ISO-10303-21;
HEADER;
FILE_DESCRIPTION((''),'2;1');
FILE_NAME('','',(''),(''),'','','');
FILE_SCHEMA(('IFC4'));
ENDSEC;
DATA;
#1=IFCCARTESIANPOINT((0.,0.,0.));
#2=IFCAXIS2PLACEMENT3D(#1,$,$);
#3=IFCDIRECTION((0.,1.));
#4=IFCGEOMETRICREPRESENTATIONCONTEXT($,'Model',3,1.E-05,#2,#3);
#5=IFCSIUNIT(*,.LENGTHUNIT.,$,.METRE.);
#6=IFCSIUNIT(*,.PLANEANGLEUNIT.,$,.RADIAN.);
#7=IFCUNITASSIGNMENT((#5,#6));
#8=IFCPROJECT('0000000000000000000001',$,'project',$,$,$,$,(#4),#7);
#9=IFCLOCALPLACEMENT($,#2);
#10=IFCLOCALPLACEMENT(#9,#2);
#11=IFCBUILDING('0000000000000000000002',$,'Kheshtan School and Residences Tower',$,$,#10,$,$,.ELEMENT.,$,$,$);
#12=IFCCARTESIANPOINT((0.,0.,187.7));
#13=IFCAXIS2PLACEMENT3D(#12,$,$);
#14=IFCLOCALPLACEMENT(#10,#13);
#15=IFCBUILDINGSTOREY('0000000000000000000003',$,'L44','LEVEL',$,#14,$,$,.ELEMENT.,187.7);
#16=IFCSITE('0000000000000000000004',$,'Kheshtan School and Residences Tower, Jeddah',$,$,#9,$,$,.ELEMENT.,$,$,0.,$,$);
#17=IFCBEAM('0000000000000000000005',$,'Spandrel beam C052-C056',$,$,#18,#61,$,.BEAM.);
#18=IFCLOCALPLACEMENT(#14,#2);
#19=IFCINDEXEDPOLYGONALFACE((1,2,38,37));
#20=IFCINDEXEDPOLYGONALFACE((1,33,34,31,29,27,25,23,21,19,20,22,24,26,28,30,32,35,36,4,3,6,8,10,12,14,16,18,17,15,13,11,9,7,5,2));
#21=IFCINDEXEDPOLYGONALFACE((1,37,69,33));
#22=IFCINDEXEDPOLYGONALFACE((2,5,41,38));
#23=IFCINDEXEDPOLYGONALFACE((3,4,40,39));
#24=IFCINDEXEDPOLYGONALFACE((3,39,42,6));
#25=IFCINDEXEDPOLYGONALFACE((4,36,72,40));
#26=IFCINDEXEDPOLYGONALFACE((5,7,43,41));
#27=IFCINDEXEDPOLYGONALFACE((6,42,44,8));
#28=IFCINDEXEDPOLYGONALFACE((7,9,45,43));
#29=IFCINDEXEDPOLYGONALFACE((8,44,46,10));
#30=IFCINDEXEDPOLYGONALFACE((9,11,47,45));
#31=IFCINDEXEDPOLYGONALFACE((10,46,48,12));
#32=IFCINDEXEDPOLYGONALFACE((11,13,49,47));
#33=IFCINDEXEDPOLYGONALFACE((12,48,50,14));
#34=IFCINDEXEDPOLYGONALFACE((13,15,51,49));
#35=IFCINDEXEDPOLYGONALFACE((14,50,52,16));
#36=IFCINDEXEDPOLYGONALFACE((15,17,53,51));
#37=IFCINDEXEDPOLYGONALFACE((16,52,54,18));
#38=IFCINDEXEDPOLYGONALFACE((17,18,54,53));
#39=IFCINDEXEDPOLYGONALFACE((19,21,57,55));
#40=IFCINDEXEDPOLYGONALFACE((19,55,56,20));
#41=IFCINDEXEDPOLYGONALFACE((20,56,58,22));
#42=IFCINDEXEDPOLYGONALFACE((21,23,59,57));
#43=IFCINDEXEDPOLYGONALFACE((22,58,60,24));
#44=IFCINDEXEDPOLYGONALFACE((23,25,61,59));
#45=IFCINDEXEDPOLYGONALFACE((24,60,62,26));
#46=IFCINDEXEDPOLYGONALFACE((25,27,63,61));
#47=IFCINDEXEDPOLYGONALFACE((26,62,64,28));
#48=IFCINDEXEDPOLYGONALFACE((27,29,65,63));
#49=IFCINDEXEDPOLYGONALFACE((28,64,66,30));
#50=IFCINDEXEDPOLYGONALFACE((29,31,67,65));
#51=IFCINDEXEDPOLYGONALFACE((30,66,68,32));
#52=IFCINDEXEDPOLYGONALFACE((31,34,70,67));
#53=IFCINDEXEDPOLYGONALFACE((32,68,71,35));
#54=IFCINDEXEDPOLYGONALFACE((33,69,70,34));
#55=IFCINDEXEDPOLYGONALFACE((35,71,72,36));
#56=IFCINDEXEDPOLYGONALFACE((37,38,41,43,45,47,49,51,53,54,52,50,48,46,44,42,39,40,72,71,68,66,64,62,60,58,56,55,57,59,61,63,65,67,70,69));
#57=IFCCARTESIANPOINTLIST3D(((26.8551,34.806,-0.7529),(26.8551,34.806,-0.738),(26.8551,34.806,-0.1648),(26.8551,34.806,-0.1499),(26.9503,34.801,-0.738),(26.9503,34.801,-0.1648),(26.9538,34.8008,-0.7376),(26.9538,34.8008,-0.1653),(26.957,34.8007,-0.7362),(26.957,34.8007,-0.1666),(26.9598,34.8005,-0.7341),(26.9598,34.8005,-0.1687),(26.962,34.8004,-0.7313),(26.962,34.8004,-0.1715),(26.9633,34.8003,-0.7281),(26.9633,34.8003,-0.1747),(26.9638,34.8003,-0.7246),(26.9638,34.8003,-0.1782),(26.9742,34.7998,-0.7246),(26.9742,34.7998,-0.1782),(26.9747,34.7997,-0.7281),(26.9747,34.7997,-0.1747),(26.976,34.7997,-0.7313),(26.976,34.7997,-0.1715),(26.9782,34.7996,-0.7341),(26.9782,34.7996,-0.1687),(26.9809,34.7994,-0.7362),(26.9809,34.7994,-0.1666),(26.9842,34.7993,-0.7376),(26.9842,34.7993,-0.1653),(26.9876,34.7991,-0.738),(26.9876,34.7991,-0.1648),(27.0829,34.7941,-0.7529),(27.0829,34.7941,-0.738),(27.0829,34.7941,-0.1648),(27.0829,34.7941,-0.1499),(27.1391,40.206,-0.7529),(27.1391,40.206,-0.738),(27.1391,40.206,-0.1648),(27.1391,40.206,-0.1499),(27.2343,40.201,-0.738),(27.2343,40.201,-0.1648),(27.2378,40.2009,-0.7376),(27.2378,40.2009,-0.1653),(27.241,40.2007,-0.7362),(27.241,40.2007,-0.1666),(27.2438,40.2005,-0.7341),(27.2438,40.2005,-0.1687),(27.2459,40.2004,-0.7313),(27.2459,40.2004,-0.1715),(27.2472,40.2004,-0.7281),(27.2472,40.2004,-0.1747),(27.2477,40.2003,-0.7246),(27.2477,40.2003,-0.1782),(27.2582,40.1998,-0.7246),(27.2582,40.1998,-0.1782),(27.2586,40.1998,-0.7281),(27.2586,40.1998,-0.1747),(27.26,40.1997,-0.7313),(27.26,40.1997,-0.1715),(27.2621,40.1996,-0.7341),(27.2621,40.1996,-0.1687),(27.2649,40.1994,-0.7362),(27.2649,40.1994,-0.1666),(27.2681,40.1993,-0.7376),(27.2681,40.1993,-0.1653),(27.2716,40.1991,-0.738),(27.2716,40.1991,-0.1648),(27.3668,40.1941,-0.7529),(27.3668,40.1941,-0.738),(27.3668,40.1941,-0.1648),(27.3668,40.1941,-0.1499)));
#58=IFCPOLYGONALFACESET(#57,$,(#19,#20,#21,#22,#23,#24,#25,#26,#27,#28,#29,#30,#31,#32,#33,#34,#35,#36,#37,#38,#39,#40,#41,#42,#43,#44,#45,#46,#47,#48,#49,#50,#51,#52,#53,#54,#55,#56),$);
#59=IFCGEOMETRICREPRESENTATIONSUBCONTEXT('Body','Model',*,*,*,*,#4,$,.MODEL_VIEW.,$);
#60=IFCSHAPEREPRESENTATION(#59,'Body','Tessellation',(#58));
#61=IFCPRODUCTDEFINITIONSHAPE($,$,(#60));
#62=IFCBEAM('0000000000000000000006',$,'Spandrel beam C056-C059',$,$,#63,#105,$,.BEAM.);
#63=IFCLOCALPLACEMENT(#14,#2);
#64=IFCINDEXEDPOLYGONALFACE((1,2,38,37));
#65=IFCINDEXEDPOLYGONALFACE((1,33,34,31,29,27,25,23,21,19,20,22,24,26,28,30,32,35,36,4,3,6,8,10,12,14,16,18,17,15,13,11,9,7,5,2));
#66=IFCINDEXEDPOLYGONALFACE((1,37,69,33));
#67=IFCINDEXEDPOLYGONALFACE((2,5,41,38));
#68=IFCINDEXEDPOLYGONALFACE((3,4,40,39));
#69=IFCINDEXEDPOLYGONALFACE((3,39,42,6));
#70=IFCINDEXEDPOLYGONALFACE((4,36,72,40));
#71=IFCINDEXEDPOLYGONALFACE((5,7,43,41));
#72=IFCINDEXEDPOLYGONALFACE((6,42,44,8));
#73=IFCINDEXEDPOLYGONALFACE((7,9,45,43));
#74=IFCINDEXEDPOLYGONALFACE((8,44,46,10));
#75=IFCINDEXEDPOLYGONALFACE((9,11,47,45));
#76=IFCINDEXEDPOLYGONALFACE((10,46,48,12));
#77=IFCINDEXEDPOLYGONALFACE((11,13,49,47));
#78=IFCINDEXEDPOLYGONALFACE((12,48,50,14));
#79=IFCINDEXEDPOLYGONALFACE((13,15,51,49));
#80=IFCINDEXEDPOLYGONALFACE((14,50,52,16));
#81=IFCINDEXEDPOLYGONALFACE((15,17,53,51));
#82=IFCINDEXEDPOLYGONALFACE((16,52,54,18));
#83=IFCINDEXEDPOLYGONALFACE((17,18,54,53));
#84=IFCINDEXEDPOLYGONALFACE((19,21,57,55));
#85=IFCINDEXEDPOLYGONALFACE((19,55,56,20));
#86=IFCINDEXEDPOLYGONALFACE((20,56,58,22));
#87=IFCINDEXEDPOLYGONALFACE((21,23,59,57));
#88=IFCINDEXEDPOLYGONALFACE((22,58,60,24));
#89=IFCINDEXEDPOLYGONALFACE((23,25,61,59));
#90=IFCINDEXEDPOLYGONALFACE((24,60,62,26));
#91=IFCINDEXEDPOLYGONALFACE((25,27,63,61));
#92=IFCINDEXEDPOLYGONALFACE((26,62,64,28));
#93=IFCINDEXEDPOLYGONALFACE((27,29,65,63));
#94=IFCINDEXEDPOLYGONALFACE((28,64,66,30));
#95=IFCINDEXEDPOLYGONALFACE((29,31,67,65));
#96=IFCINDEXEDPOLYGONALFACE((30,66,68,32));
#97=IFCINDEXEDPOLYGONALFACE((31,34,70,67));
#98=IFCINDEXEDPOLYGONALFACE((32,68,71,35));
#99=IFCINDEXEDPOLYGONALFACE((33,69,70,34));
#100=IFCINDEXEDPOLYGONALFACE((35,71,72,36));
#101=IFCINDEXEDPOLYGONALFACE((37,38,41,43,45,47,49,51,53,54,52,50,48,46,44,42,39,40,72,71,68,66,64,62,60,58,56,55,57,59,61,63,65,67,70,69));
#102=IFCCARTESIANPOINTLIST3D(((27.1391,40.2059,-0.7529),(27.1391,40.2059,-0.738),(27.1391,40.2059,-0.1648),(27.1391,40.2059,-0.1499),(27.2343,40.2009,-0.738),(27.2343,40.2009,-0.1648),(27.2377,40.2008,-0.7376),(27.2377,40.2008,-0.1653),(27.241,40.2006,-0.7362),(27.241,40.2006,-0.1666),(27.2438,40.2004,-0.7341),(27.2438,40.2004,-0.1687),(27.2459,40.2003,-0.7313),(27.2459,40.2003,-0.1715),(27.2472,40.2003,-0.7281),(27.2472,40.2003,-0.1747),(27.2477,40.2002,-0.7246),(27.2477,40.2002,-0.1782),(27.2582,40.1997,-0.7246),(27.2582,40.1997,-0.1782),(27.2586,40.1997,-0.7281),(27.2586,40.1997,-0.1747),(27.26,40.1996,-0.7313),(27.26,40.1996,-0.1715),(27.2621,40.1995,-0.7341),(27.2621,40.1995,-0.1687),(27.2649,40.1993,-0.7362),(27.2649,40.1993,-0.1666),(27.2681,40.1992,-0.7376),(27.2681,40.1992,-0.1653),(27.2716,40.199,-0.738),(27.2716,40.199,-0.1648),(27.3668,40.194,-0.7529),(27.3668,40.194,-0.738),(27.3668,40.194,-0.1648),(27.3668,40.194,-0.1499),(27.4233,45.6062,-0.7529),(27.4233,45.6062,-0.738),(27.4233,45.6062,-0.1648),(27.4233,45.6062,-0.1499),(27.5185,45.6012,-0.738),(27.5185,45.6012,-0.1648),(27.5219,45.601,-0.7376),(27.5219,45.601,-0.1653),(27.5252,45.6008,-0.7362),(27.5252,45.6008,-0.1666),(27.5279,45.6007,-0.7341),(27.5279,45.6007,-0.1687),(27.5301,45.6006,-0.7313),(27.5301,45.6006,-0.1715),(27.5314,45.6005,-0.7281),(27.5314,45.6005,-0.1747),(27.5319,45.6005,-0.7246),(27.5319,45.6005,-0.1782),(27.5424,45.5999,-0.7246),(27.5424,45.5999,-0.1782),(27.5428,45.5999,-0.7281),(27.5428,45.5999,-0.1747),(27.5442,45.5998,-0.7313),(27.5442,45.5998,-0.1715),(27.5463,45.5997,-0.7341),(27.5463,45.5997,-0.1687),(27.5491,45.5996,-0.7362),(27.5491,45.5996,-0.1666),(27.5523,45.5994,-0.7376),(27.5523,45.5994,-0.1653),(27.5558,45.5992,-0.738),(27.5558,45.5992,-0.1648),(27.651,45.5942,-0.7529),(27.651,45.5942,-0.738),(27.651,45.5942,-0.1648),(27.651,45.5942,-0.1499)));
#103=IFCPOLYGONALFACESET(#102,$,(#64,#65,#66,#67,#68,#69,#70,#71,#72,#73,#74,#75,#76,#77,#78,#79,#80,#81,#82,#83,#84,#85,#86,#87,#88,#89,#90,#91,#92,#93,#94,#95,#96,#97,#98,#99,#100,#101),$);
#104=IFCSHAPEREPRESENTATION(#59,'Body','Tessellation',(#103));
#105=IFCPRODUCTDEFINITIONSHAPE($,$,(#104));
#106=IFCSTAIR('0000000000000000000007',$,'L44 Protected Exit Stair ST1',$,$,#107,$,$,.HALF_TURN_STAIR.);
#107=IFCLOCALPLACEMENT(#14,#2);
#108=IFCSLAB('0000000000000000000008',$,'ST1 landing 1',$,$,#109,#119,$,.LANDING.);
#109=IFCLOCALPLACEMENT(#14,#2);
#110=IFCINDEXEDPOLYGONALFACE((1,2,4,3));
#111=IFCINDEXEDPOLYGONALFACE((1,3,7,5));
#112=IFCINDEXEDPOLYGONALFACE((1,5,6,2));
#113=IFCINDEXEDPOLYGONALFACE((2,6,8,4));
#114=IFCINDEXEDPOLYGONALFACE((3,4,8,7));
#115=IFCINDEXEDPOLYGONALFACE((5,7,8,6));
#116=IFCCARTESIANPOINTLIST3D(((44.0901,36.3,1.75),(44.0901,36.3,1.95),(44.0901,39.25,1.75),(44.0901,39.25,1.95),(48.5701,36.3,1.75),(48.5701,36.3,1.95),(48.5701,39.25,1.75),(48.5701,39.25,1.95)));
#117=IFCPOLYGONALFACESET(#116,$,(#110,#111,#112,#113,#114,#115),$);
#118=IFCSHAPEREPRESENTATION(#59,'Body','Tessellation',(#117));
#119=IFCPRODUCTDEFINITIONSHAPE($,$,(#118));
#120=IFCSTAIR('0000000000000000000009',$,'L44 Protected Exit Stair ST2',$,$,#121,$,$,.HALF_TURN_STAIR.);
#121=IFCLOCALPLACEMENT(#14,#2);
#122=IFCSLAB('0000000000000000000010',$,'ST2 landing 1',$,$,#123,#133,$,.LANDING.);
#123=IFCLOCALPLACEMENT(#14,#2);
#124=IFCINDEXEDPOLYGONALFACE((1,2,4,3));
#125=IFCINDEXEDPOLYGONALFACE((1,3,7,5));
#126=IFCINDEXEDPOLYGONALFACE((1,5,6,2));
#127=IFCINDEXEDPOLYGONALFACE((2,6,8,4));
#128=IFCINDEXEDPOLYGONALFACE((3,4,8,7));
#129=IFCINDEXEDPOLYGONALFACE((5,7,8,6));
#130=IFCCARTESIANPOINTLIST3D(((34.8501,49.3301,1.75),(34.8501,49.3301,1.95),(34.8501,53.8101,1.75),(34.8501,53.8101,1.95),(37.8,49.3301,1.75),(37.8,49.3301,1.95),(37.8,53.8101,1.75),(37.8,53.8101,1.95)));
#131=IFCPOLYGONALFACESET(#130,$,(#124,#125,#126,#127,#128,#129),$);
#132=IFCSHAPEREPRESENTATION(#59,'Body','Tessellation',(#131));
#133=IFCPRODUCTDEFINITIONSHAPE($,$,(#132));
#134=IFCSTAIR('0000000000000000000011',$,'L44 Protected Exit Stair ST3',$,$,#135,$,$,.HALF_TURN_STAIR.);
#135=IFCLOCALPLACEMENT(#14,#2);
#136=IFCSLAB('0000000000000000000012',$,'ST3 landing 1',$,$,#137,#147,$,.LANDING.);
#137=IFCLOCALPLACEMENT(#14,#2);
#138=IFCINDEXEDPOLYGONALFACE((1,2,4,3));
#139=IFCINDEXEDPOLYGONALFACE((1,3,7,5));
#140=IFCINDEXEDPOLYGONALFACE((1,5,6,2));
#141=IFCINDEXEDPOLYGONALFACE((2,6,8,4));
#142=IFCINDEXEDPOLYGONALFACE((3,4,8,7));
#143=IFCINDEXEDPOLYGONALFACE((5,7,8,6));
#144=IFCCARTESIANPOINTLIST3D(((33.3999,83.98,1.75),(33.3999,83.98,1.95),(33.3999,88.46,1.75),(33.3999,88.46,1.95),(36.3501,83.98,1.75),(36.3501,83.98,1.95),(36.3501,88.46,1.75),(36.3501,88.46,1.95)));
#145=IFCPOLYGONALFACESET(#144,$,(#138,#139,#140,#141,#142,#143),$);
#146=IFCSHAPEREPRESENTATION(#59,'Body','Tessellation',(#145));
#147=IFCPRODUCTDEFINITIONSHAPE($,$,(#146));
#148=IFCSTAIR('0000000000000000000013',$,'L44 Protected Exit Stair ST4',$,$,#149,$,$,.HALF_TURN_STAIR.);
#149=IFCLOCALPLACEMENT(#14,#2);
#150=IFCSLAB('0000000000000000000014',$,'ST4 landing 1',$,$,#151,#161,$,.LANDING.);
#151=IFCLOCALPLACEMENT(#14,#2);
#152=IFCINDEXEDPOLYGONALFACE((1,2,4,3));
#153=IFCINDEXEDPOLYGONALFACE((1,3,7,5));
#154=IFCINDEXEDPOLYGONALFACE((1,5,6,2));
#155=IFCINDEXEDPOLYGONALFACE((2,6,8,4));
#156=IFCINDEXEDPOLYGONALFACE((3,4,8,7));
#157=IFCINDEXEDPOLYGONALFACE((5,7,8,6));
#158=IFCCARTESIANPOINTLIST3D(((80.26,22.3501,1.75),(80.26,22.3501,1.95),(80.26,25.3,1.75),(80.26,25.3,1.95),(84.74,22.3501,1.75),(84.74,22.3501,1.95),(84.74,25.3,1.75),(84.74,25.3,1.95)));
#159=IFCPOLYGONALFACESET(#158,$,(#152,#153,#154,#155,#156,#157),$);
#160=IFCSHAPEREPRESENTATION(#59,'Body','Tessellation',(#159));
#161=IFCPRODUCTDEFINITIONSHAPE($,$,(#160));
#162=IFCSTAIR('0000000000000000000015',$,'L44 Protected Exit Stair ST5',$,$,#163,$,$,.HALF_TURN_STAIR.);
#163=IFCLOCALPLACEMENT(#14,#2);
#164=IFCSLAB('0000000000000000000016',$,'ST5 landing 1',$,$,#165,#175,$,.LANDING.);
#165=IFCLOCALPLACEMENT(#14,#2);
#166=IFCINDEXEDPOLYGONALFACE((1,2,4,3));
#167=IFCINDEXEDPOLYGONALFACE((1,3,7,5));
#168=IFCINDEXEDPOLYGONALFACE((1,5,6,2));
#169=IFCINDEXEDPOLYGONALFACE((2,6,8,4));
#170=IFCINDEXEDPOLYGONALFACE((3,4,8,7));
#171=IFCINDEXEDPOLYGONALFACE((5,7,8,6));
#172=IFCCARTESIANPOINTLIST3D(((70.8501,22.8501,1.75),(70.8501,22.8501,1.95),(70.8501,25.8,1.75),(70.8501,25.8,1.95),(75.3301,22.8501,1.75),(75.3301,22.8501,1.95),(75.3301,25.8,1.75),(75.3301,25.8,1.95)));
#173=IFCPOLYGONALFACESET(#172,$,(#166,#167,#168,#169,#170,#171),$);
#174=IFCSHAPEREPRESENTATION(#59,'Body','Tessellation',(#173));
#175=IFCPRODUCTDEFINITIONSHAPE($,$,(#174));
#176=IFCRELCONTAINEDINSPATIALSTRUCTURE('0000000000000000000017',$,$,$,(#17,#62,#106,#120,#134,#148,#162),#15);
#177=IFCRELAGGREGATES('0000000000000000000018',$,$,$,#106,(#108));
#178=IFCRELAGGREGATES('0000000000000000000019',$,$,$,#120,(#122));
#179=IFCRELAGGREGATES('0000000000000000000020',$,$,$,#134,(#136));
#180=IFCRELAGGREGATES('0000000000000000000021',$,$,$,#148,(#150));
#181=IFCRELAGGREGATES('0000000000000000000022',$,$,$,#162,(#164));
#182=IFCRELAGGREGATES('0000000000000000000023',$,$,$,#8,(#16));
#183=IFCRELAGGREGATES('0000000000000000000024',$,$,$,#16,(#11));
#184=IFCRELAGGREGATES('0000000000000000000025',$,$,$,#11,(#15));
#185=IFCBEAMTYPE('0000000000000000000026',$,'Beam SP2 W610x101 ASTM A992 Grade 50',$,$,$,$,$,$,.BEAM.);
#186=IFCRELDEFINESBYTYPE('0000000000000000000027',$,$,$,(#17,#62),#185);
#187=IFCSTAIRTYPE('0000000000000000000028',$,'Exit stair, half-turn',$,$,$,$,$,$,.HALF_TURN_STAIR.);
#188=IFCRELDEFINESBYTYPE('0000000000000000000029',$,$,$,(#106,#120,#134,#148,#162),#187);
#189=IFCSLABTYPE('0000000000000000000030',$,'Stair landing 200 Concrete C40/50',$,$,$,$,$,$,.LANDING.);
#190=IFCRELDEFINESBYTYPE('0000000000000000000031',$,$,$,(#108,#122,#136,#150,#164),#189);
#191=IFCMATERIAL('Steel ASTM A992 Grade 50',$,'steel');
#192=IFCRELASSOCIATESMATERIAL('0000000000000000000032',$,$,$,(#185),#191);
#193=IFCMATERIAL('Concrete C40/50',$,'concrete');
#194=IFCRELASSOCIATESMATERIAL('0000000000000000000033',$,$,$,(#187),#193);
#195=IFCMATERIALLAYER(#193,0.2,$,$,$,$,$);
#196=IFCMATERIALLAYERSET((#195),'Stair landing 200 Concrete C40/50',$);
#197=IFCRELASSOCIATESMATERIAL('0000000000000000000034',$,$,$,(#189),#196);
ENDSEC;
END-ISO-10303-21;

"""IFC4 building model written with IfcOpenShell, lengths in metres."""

from ifc_helpers import new_model, si_unit, direction, frame, origin, origin_2d, place, context, subcontext, project, spatial, polyline, i_section, outline, extrude, material, layer, layer_set, material_profile, profile_set, type_object, element, aggregate, save


model = new_model("IFC4")

# Units and contexts
model_context = context("Model", 3, precision=1e-05, world=origin(), true_north=direction((0.0, 1.0)))
body_context = subcontext(model_context, "Body", "Model", "MODEL_VIEW")
ifc_project = project(units=[si_unit("LENGTHUNIT", "METRE"), si_unit("PLANEANGLEUNIT", "RADIAN")], contexts=[model_context])

# Site, building, storey
site_placement = place(None, origin())
site = spatial("IfcSite", under=ifc_project, at=site_placement, Name="Kheshtan School and Residences Tower, Jeddah", CompositionType="ELEMENT", RefElevation=0.0)
building_placement = place(site_placement, origin())
building = spatial("IfcBuilding", under=site, at=building_placement, Name="Kheshtan School and Residences Tower", CompositionType="ELEMENT")
storey_placement = place(building_placement, frame((0.0, 0.0, 187.7)))
storey = spatial("IfcBuildingStorey", under=building, at=storey_placement, Name="L44", Description="LEVEL", CompositionType="ELEMENT", Elevation=187.7)

# Shared definitions
ifc_material_1 = material(Name="Steel ASTM A992 Grade 50", Category="steel")

# Beams
ifc_material_profile_1 = material_profile(ifc_material_1, i_section(OverallWidth=0.228, OverallDepth=0.603, WebThickness=0.0105, FlangeThickness=0.0149, FilletRadius=0.0134, at=origin_2d()), Name="W610x101")
ifc_profile_set_1 = profile_set([ifc_material_profile_1], Name="Steel ASTM A992 Grade 50")
beam_type_1 = type_object("IfcBeamType", Name="Beam SP2 W610x101 ASTM A992 Grade 50", PredefinedType="BEAM", material=ifc_profile_set_1)
beam_1_placement = place(storey_placement, frame((26.969, 34.8, -0.4514), z_axis=(0.052509, 0.99862, 0.0), x_axis=(-0.99862, 0.052509, 0.0)))
element("IfcBeam", 1, at=beam_1_placement, inside=storey, type_object=beam_type_1, Name="Spandrel beam C052-C056", PredefinedType="BEAM", context=body_context, shape_type="SweptSolid", body=[
    extrude(i_section(OverallWidth=0.228, OverallDepth=0.603, WebThickness=0.0105, FlangeThickness=0.0149, FilletRadius=0.0134, at=origin_2d()), origin(), (0.0, 0.0, 1.0), 5.4075),
])
beam_2_placement = place(storey_placement, frame((27.2529, 40.2, -0.4514), z_axis=(0.052552, 0.998618, 0.0), x_axis=(-0.998618, 0.052552, 0.0)))
element("IfcBeam", 2, at=beam_2_placement, inside=storey, type_object=beam_type_1, Name="Spandrel beam C056-C059", PredefinedType="BEAM", context=body_context, shape_type="SweptSolid", body=[
    extrude(i_section(OverallWidth=0.228, OverallDepth=0.603, WebThickness=0.0105, FlangeThickness=0.0149, FilletRadius=0.0134, at=origin_2d()), origin(), (0.0, 0.0, 1.0), 5.4077),
])

# Shared definitions
ifc_material_2 = material(Name="Concrete C40/50", Category="concrete")

# Stairs, slabs
stair_type = type_object("IfcStairType", Name="Exit stair, half-turn", PredefinedType="HALF_TURN_STAIR", material=ifc_material_2)
stair_1_placement = place(storey_placement, origin())
stair_1 = element("IfcStair", 3, at=stair_1_placement, inside=storey, type_object=stair_type, Name="L44 Protected Exit Stair ST1", PredefinedType="HALF_TURN_STAIR")
ifc_layer_1 = layer(ifc_material_2, 0.2)
ifc_layer_set_1 = layer_set([ifc_layer_1], Name="Stair landing 200 Concrete C40/50")
slab_type_1 = type_object("IfcSlabType", Name="Stair landing 200 Concrete C40/50", PredefinedType="LANDING", material=ifc_layer_set_1)
slab_1_placement = place(storey_placement, frame((0.0, 0.0, 1.75)))
slab_1 = element("IfcSlab", 4, at=slab_1_placement, type_object=slab_type_1, Name="ST1 landing 1", PredefinedType="LANDING", context=body_context, shape_type="SweptSolid", body=[
    extrude(outline(polyline([(48.5701, 39.25), (44.0901, 39.25), (44.0901, 36.3), (48.5701, 36.3), (48.5701, 39.25)])), origin(), (0.0, 0.0, 1.0), 0.2),
])
aggregate(stair_1, [slab_1])
stair_2_placement = place(storey_placement, origin())
stair_2 = element("IfcStair", 5, at=stair_2_placement, inside=storey, type_object=stair_type, Name="L44 Protected Exit Stair ST2", PredefinedType="HALF_TURN_STAIR")
slab_2_placement = place(storey_placement, frame((0.0, 0.0, 1.75)))
slab_2 = element("IfcSlab", 6, at=slab_2_placement, type_object=slab_type_1, Name="ST2 landing 1", PredefinedType="LANDING", context=body_context, shape_type="SweptSolid", body=[
    extrude(outline(polyline([(37.8, 49.3301), (37.8, 53.8101), (34.8501, 53.8101), (34.8501, 49.3301), (37.8, 49.3301)])), origin(), (0.0, 0.0, 1.0), 0.2),
])
aggregate(stair_2, [slab_2])
stair_3_placement = place(storey_placement, origin())
stair_3 = element("IfcStair", 7, at=stair_3_placement, inside=storey, type_object=stair_type, Name="L44 Protected Exit Stair ST3", PredefinedType="HALF_TURN_STAIR")
slab_3_placement = place(storey_placement, frame((0.0, 0.0, 1.75)))
slab_3 = element("IfcSlab", 8, at=slab_3_placement, type_object=slab_type_1, Name="ST3 landing 1", PredefinedType="LANDING", context=body_context, shape_type="SweptSolid", body=[
    extrude(outline(polyline([(36.3501, 83.98), (36.3501, 88.46), (33.3999, 88.46), (33.3999, 83.98), (36.3501, 83.98)])), origin(), (0.0, 0.0, 1.0), 0.2),
])
aggregate(stair_3, [slab_3])
stair_4_placement = place(storey_placement, origin())
stair_4 = element("IfcStair", 9, at=stair_4_placement, inside=storey, type_object=stair_type, Name="L44 Protected Exit Stair ST4", PredefinedType="HALF_TURN_STAIR")
slab_4_placement = place(storey_placement, frame((0.0, 0.0, 1.75)))
slab_4 = element("IfcSlab", 10, at=slab_4_placement, type_object=slab_type_1, Name="ST4 landing 1", PredefinedType="LANDING", context=body_context, shape_type="SweptSolid", body=[
    extrude(outline(polyline([(84.74, 25.3), (80.26, 25.3), (80.26, 22.3501), (84.74, 22.3501), (84.74, 25.3)])), origin(), (0.0, 0.0, 1.0), 0.2),
])
aggregate(stair_4, [slab_4])
stair_5_placement = place(storey_placement, origin())
stair_5 = element("IfcStair", 11, at=stair_5_placement, inside=storey, type_object=stair_type, Name="L44 Protected Exit Stair ST5", PredefinedType="HALF_TURN_STAIR")
slab_5_placement = place(storey_placement, frame((0.0, 0.0, 1.75)))
slab_5 = element("IfcSlab", 12, at=slab_5_placement, type_object=slab_type_1, Name="ST5 landing 1", PredefinedType="LANDING", context=body_context, shape_type="SweptSolid", body=[
    extrude(outline(polyline([(75.3301, 25.8), (70.8501, 25.8), (70.8501, 22.8501), (75.3301, 22.8501), (75.3301, 25.8)])), origin(), (0.0, 0.0, 1.0), 0.2),
])
aggregate(stair_5, [slab_5])

save(model, "model.ifc")
